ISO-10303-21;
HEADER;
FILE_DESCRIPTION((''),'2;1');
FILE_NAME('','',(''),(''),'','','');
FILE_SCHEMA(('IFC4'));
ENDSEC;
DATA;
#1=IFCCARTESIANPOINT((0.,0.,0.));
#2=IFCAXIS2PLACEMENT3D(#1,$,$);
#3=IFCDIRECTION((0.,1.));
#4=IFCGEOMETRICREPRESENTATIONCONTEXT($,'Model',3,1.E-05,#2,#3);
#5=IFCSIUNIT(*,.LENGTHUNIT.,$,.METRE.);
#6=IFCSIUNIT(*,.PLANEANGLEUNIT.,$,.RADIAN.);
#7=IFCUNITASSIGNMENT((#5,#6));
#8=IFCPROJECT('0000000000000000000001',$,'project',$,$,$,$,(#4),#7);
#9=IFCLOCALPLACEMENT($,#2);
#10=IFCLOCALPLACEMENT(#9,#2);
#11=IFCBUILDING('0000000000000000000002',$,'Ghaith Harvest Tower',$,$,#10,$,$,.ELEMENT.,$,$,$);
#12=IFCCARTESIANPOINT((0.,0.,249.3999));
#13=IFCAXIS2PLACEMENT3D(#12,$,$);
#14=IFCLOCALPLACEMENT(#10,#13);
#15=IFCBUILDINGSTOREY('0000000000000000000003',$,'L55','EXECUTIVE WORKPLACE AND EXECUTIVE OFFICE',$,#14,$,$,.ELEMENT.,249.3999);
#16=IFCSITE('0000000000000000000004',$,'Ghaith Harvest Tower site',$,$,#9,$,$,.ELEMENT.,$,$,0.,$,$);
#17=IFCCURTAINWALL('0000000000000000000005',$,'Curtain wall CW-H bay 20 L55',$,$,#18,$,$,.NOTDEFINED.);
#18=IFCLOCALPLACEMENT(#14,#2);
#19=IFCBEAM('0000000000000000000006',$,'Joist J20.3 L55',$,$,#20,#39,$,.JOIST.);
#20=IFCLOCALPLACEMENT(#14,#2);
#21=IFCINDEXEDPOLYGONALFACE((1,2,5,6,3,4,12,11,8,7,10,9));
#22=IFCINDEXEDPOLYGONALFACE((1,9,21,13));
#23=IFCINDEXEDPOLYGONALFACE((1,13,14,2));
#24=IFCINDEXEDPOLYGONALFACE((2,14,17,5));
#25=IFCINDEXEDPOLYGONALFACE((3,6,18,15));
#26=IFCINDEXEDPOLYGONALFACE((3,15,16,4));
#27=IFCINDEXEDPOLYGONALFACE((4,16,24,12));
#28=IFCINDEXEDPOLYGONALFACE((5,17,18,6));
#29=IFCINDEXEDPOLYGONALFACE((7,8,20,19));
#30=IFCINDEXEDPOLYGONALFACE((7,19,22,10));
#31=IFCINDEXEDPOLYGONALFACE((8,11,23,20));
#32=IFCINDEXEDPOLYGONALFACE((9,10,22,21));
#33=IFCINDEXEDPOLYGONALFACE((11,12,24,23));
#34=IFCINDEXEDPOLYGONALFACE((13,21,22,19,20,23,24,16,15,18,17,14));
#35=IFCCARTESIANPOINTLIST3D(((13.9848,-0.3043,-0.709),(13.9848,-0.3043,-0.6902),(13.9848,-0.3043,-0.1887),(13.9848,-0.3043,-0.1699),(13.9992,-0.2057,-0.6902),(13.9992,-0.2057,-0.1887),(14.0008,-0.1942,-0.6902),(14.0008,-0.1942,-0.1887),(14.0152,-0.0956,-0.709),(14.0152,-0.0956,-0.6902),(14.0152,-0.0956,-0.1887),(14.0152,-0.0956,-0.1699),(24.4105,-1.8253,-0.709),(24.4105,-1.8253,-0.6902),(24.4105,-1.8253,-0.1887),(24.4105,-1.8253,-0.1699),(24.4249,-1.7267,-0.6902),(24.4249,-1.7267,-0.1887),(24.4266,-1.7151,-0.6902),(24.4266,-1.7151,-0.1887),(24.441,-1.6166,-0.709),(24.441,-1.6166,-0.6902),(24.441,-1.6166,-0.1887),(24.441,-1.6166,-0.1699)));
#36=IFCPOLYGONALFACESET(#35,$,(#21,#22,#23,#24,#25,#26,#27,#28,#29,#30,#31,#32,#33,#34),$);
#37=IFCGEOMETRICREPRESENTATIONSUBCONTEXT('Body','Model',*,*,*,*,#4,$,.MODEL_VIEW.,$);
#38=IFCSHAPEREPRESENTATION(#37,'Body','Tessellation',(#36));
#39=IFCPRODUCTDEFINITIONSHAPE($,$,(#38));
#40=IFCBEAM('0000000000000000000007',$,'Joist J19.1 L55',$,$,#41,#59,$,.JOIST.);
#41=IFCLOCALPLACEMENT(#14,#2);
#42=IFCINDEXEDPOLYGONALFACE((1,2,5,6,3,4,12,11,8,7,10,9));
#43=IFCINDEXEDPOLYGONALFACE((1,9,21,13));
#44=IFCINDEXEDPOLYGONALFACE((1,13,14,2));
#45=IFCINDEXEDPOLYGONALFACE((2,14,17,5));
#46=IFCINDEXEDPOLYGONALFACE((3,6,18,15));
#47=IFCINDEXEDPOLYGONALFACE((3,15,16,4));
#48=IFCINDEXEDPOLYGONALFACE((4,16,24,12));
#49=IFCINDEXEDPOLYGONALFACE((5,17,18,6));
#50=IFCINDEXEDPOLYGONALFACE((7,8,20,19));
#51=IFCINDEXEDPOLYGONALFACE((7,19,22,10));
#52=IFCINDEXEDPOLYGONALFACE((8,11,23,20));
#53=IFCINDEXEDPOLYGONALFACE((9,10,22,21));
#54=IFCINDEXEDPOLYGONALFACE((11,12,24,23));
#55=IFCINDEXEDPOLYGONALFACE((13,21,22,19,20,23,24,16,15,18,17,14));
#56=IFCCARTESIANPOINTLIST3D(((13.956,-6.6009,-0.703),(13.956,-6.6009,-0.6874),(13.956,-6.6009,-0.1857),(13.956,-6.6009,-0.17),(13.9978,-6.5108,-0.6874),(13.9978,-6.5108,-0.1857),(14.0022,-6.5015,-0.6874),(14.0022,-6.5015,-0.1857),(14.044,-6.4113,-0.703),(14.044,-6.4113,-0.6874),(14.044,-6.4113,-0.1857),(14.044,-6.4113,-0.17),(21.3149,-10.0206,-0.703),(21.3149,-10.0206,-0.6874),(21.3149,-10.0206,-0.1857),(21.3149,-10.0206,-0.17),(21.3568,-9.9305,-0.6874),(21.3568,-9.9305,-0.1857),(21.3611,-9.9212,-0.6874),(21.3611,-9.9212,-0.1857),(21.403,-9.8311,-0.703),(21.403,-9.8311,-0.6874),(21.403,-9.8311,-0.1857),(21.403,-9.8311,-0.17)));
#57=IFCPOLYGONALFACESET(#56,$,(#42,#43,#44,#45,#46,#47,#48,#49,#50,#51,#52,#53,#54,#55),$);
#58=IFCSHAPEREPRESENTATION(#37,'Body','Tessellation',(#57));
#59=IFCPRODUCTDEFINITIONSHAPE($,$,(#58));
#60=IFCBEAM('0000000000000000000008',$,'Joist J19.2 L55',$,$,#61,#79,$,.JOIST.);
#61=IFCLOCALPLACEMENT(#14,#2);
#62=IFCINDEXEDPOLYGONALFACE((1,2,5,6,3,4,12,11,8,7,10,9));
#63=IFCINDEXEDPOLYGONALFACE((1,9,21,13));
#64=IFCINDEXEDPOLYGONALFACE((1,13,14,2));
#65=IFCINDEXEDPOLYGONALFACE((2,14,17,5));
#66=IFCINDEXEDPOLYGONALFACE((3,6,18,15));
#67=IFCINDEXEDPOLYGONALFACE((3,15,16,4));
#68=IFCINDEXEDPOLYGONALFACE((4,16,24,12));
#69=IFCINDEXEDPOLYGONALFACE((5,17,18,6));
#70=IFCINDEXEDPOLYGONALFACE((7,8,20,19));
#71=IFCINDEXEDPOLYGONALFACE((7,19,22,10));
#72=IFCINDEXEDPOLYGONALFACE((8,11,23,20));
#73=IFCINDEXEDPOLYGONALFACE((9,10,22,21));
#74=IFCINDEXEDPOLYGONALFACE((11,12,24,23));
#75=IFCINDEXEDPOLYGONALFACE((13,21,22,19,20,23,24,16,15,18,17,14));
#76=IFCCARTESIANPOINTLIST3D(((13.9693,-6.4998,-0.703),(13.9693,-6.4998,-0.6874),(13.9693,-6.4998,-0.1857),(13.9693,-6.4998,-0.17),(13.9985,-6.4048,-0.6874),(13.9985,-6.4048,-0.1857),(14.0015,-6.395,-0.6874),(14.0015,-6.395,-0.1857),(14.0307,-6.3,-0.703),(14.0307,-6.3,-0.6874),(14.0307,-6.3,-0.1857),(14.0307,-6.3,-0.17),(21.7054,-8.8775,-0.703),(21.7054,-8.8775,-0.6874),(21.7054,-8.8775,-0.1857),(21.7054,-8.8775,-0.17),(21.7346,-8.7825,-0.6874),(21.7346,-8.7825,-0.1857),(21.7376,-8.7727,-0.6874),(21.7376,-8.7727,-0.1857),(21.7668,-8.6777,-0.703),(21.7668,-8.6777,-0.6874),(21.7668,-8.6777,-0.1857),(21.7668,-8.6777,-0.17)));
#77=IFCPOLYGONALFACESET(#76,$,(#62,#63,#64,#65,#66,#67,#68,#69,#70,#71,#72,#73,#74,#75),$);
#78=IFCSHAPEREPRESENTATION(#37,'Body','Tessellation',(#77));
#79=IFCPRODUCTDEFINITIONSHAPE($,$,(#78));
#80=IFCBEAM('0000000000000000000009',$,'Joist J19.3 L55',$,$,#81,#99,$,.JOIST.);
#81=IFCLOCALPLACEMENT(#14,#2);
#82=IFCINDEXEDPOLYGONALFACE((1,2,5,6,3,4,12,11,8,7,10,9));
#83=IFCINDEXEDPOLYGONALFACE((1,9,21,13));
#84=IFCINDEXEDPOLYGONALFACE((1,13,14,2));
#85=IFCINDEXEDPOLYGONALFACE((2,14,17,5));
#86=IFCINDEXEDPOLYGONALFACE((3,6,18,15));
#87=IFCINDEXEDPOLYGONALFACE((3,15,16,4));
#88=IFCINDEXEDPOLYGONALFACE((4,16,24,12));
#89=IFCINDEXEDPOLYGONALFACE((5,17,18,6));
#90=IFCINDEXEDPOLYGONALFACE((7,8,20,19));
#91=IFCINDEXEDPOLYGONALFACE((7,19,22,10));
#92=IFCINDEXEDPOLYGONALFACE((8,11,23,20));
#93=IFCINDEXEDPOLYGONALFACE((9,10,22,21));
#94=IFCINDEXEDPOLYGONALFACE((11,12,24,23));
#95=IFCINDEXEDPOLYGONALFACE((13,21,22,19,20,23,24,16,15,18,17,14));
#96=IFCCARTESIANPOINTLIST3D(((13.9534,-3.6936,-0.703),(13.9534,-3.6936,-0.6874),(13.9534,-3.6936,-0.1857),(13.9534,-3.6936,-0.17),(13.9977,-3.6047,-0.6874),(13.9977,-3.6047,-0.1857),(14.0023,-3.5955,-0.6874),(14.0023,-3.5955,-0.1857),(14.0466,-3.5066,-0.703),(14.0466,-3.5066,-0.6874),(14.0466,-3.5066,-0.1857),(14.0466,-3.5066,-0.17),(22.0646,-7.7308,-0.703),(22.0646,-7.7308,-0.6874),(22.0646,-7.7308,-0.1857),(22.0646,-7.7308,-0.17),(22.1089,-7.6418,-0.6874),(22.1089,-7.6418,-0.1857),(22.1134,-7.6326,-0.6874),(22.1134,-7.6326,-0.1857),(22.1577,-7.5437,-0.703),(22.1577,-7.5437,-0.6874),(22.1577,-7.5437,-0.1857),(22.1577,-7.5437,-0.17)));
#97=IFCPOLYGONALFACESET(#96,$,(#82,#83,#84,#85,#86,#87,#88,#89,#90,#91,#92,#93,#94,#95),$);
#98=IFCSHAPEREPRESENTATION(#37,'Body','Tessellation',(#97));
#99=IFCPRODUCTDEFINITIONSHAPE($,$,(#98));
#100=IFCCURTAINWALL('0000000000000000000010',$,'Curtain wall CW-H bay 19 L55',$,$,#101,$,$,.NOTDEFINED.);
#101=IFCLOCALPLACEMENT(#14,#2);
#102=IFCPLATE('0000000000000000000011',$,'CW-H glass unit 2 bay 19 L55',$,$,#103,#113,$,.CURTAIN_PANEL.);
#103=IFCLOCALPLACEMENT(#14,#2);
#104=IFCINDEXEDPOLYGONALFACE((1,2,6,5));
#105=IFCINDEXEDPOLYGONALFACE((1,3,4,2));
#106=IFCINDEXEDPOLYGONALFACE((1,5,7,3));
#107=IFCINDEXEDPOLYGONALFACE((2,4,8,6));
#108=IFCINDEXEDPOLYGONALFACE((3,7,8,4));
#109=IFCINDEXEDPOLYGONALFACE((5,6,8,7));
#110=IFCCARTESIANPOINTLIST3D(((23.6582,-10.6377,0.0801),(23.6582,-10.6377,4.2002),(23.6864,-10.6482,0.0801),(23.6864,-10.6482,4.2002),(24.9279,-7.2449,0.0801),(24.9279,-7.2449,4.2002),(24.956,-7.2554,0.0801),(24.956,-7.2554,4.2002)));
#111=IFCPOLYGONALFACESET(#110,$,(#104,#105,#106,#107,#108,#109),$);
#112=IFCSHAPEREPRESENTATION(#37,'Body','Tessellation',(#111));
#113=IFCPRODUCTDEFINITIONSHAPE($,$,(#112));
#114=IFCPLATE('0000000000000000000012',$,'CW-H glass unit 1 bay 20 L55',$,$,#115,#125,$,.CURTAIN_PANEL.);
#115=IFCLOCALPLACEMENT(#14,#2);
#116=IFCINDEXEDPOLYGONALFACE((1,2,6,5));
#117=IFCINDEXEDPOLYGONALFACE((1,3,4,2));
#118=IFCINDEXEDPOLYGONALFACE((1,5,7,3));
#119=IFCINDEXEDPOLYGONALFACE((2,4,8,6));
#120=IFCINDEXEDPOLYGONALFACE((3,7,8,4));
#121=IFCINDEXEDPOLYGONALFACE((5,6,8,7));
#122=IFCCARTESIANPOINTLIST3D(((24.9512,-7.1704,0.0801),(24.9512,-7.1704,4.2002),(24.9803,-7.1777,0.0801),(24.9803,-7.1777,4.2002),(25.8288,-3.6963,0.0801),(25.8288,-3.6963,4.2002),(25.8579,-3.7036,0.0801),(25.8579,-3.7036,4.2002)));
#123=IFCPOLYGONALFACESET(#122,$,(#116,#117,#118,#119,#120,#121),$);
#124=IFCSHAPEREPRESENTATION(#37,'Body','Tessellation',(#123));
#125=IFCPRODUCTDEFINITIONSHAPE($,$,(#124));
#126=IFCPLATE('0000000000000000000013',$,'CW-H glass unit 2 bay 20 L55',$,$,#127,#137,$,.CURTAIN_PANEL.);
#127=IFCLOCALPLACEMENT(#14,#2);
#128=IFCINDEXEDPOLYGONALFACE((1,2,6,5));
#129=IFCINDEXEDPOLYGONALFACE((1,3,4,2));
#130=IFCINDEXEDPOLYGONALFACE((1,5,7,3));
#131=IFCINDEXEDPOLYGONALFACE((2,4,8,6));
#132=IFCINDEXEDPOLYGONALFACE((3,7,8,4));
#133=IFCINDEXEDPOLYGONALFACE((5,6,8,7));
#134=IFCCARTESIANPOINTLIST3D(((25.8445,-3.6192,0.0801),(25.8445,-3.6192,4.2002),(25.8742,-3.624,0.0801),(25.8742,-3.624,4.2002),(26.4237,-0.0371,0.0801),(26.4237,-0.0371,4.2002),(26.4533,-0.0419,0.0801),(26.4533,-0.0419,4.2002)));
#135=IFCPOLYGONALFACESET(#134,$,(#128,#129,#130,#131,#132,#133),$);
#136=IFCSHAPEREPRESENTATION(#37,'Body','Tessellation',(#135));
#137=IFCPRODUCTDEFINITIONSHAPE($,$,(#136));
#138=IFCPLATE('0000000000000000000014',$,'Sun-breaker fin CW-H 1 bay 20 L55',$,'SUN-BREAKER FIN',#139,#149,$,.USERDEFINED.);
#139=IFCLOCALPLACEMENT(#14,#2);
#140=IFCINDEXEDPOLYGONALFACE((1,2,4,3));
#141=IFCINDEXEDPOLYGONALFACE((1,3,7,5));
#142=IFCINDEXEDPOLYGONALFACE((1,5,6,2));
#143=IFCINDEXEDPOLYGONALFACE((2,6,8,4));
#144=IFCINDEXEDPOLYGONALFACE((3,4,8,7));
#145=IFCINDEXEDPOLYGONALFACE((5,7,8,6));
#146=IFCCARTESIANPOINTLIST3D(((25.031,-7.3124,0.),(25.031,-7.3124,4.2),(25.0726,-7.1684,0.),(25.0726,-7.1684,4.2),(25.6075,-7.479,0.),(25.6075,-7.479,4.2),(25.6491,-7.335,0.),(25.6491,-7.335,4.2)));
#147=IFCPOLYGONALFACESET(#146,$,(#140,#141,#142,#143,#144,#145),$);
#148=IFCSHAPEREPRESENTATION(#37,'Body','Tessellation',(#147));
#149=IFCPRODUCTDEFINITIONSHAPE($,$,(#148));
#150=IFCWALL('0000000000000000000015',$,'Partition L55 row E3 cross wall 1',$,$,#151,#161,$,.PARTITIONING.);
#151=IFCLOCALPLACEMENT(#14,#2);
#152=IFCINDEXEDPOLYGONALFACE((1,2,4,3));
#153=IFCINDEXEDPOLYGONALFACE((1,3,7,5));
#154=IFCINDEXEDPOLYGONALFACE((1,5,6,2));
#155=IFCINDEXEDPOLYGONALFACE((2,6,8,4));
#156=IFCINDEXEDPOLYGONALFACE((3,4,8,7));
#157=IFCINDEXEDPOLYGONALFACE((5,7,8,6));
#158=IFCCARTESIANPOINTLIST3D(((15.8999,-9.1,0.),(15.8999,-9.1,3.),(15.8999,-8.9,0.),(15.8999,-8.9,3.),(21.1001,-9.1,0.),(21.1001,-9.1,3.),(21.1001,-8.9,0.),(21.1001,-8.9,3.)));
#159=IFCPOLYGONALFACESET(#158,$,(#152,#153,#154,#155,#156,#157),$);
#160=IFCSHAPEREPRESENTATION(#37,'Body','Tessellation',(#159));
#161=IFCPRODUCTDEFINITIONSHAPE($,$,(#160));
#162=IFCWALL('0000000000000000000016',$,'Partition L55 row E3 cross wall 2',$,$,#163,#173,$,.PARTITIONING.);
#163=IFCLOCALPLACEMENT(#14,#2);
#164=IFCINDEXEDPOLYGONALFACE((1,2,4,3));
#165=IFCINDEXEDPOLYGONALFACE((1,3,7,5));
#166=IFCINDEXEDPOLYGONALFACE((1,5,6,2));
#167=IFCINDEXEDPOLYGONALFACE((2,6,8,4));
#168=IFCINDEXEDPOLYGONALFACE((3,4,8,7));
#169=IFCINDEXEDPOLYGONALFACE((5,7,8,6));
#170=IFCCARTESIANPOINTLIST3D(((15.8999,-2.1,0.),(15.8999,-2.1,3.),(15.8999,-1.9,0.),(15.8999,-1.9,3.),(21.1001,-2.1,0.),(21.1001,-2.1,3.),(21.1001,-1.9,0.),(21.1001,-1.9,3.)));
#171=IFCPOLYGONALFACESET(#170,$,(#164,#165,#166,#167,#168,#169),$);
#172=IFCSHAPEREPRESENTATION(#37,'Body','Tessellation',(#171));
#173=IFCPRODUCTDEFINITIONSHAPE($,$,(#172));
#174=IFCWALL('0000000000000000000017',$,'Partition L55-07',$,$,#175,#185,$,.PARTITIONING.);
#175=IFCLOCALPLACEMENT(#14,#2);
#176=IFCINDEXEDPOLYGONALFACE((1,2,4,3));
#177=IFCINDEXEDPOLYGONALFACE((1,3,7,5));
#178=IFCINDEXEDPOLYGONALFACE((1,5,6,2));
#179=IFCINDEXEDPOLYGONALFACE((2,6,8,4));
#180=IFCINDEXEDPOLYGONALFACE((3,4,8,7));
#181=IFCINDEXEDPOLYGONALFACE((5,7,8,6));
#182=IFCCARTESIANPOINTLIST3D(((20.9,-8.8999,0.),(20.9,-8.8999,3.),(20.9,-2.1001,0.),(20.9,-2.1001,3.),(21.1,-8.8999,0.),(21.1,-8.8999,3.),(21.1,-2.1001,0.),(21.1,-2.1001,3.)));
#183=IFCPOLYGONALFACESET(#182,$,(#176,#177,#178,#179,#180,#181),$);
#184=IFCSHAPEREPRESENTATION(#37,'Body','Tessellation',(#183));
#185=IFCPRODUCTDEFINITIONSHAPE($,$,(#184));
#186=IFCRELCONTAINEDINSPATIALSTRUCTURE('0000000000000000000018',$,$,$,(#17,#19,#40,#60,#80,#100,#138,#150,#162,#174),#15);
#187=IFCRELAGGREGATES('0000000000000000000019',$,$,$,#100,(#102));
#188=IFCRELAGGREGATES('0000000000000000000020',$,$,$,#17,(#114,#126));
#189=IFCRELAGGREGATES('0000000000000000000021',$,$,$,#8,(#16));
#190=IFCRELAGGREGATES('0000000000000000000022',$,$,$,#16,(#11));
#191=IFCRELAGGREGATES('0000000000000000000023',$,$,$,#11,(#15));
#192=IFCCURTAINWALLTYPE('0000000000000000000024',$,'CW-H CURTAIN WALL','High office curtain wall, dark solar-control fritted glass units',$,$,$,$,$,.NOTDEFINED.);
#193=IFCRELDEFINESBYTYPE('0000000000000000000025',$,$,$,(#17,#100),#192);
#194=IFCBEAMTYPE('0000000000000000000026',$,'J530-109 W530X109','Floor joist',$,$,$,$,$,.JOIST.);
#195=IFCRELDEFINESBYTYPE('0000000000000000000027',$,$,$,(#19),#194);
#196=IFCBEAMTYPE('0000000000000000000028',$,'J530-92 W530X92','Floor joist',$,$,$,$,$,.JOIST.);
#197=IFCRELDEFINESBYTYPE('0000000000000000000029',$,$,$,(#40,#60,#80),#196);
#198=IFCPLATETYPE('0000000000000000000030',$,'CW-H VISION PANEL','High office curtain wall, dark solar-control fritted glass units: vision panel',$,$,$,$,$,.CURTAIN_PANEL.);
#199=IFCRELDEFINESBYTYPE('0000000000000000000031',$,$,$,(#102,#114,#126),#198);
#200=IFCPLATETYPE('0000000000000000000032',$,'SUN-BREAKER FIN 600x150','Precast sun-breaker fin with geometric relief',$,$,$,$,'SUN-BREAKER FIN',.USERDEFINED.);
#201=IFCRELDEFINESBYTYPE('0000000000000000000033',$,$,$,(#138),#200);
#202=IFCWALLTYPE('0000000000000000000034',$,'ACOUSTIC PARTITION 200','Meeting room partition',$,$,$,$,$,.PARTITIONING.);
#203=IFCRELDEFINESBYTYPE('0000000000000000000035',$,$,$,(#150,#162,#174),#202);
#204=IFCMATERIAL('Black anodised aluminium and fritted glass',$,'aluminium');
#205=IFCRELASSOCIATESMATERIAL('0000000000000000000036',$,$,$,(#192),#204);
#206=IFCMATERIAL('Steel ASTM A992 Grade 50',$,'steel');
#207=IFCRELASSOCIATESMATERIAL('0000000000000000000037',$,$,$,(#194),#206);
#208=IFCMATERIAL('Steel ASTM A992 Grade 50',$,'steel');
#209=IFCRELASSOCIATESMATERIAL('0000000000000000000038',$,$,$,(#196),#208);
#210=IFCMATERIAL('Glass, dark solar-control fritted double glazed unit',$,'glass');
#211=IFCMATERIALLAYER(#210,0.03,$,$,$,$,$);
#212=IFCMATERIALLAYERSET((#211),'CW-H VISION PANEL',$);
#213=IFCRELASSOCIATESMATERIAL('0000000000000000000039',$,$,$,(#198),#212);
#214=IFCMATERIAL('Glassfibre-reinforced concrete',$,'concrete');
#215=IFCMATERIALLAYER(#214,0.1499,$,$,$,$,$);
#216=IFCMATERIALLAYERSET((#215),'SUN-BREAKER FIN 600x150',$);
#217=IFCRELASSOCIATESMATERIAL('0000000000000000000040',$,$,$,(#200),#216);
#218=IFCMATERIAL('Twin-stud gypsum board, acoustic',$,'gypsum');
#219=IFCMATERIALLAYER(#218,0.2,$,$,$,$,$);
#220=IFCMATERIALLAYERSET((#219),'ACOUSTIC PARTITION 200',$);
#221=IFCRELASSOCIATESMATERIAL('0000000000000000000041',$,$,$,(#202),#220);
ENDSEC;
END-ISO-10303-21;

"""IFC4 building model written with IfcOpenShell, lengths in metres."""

from ifc_helpers import new_model, si_unit, direction, frame, frame_2d, origin, origin_2d, place, context, subcontext, project, spatial, rectangle, i_section, extrude, material, layer, layer_set, material_profile, profile_set, type_object, element, aggregate, save


model = new_model("IFC4")

# Units and contexts
model_context = context("Model", 3, precision=1e-05, world=origin(), true_north=direction((0.0, 1.0)))
body_context = subcontext(model_context, "Body", "Model", "MODEL_VIEW")
ifc_project = project(units=[si_unit("LENGTHUNIT", "METRE"), si_unit("PLANEANGLEUNIT", "RADIAN")], contexts=[model_context])

# Site, building, storey
site_placement = place(None, origin())
site = spatial("IfcSite", under=ifc_project, at=site_placement, Name="Ghaith Harvest Tower site", CompositionType="ELEMENT", RefElevation=0.0)
building_placement = place(site_placement, origin())
building = spatial("IfcBuilding", under=site, at=building_placement, Name="Ghaith Harvest Tower", CompositionType="ELEMENT")
storey_placement = place(building_placement, frame((0.0, 0.0, 249.3999)))
storey = spatial("IfcBuildingStorey", under=building, at=storey_placement, Name="L55", Description="EXECUTIVE WORKPLACE AND EXECUTIVE OFFICE", CompositionType="ELEMENT", Elevation=249.3999)

# Curtain wall
ifc_material_1 = material(Name="Black anodised aluminium and fritted glass", Category="aluminium")
curtain_wall_type = type_object("IfcCurtainWallType", Name="CW-H CURTAIN WALL", Description="High office curtain wall, dark solar-control fritted glass units", PredefinedType="NOTDEFINED", material=ifc_material_1)
curtain_wall_1_placement = place(storey_placement, origin())
curtain_wall_1 = element("IfcCurtainWall", 1, at=curtain_wall_1_placement, inside=storey, type_object=curtain_wall_type, Name="Curtain wall CW-H bay 20 L55", PredefinedType="NOTDEFINED")

# Beams
ifc_material_2 = material(Name="Steel ASTM A992 Grade 50", Category="steel")
ifc_material_profile_1 = material_profile(ifc_material_2, i_section(OverallWidth=0.2109, OverallDepth=0.5391, WebThickness=0.0117, FlangeThickness=0.0188, at=origin_2d()), Name="W530X109")
ifc_profile_set_1 = profile_set([ifc_material_profile_1], Name="Steel ASTM A992 Grade 50")
beam_type_1 = type_object("IfcBeamType", Name="J530-109 W530X109", Description="Floor joist", PredefinedType="JOIST", material=ifc_profile_set_1)
beam_1_placement = place(storey_placement, frame((14.0, -0.2, -0.4395), z_axis=(0.989525, -0.14436, 0.0), x_axis=(0.14436, 0.989525, 0.0)))
element("IfcBeam", 2, at=beam_1_placement, inside=storey, type_object=beam_type_1, Name="Joist J20.3 L55", PredefinedType="JOIST", context=body_context, shape_type="SweptSolid", body=[
    extrude(i_section(OverallWidth=0.2109, OverallDepth=0.5391, WebThickness=0.0117, FlangeThickness=0.0188, at=origin_2d()), origin(), (0.0, 0.0, 1.0), 10.5361),
])
ifc_material_3 = material(Name="Steel ASTM A992 Grade 50", Category="steel")
ifc_material_profile_2 = material_profile(ifc_material_3, i_section(OverallWidth=0.209, OverallDepth=0.533, WebThickness=0.0103, FlangeThickness=0.0156, at=origin_2d()), Name="W530X92")
ifc_profile_set_2 = profile_set([ifc_material_profile_2], Name="Steel ASTM A992 Grade 50")
beam_type_2 = type_object("IfcBeamType", Name="J530-92 W530X92", Description="Floor joist", PredefinedType="JOIST", material=ifc_profile_set_2)
beam_2_placement = place(storey_placement, frame((14.0, -6.5061, -0.4365), z_axis=(0.906865, -0.421421, 0.0), x_axis=(0.421421, 0.906865, 0.0)))
element("IfcBeam", 3, at=beam_2_placement, inside=storey, type_object=beam_type_2, Name="Joist J19.1 L55", PredefinedType="JOIST", context=body_context, shape_type="SweptSolid", body=[
    extrude(i_section(OverallWidth=0.209, OverallDepth=0.533, WebThickness=0.0103, FlangeThickness=0.0156, at=origin_2d()), origin(), (0.0, 0.0, 1.0), 8.1147),
])
beam_3_placement = place(storey_placement, frame((14.0, -6.3999, -0.4365), z_axis=(0.955871, -0.293787, 0.0), x_axis=(0.293787, 0.955871, 0.0)))
element("IfcBeam", 4, at=beam_3_placement, inside=storey, type_object=beam_type_2, Name="Joist J19.2 L55", PredefinedType="JOIST", context=body_context, shape_type="SweptSolid", body=[
    extrude(i_section(OverallWidth=0.209, OverallDepth=0.533, WebThickness=0.0103, FlangeThickness=0.0156, at=origin_2d()), origin(), (0.0, 0.0, 1.0), 8.0933),
])
beam_4_placement = place(storey_placement, frame((14.0, -3.6001, -0.4365), z_axis=(0.895239, -0.445585, 0.0), x_axis=(0.445585, 0.895239, 0.0)))
element("IfcBeam", 5, at=beam_4_placement, inside=storey, type_object=beam_type_2, Name="Joist J19.3 L55", PredefinedType="JOIST", context=body_context, shape_type="SweptSolid", body=[
    extrude(i_section(OverallWidth=0.209, OverallDepth=0.533, WebThickness=0.0103, FlangeThickness=0.0156, at=origin_2d()), origin(), (0.0, 0.0, 1.0), 9.0603),
])

# Curtain wall, plate
curtain_wall_2_placement = place(storey_placement, origin())
curtain_wall_2 = element("IfcCurtainWall", 6, at=curtain_wall_2_placement, inside=storey, type_object=curtain_wall_type, Name="Curtain wall CW-H bay 19 L55", PredefinedType="NOTDEFINED")
ifc_material_4 = material(Name="Glass, dark solar-control fritted double glazed unit", Category="glass")
ifc_layer_1 = layer(ifc_material_4, 0.03)
ifc_layer_set_1 = layer_set([ifc_layer_1], Name="CW-H VISION PANEL")
plate_type_1 = type_object("IfcPlateType", Name="CW-H VISION PANEL", Description="High office curtain wall, dark solar-control fritted glass units: vision panel", PredefinedType="CURTAIN_PANEL", material=ifc_layer_set_1)
plate_1_placement = place(storey_placement, frame((24.3071, -8.9465, 0.0801), z_axis=(0.0, 0.0, 1.0), x_axis=(0.350481, 0.93657, 0.0)))
plate_1 = element("IfcPlate", 7, at=plate_1_placement, type_object=plate_type_1, Name="CW-H glass unit 2 bay 19 L55", PredefinedType="CURTAIN_PANEL", context=body_context, shape_type="SweptSolid", body=[
    extrude(rectangle(XDim=3.6226, YDim=0.03, at=origin_2d()), origin(), (0.0, 0.0, 1.0), 4.1201),
])
aggregate(curtain_wall_2, [plate_1])

# Plates
plate_2_placement = place(storey_placement, frame((25.4045, -5.437, 0.0801), z_axis=(0.0, 0.0, 1.0), x_axis=(0.244926, 0.969542, 0.0)))
plate_2 = element("IfcPlate", 8, at=plate_2_placement, type_object=plate_type_1, Name="CW-H glass unit 1 bay 20 L55", PredefinedType="CURTAIN_PANEL", context=body_context, shape_type="SweptSolid", body=[
    extrude(rectangle(XDim=3.5833, YDim=0.03, at=origin_2d()), origin(), (0.0, 0.0, 1.0), 4.1201),
])
plate_3_placement = place(storey_placement, frame((26.1489, -1.8306, 0.0801), z_axis=(0.0, 0.0, 1.0), x_axis=(0.159601, 0.987182, 0.0)))
plate_3 = element("IfcPlate", 9, at=plate_3_placement, type_object=plate_type_1, Name="CW-H glass unit 2 bay 20 L55", PredefinedType="CURTAIN_PANEL", context=body_context, shape_type="SweptSolid", body=[
    extrude(rectangle(XDim=3.6287, YDim=0.03, at=origin_2d()), origin(), (0.0, 0.0, 1.0), 4.1201),
])
aggregate(curtain_wall_1, [plate_2, plate_3])
ifc_material_5 = material(Name="Glassfibre-reinforced concrete", Category="concrete")
ifc_layer_2 = layer(ifc_material_5, 0.1499)
ifc_layer_set_2 = layer_set([ifc_layer_2], Name="SUN-BREAKER FIN 600x150")
plate_type_2 = type_object("IfcPlateType", Name="SUN-BREAKER FIN 600x150", Description="Precast sun-breaker fin with geometric relief", ElementType="SUN-BREAKER FIN", PredefinedType="USERDEFINED", material=ifc_layer_set_2)
plate_4_placement = place(storey_placement, frame((25.3401, -7.3237, 0.0), z_axis=(0.0, 0.0, 1.0), x_axis=(0.96068, -0.277657, 0.0)))
element("IfcPlate", 10, at=plate_4_placement, inside=storey, type_object=plate_type_2, Name="Sun-breaker fin CW-H 1 bay 20 L55", ObjectType="SUN-BREAKER FIN", PredefinedType="USERDEFINED", context=body_context, shape_type="SweptSolid", body=[
    extrude(rectangle(XDim=0.6001, YDim=0.1499, at=origin_2d()), origin(), (0.0, 0.0, 1.0), 4.2),
])

# Walls
ifc_material_6 = material(Name="Twin-stud gypsum board, acoustic", Category="gypsum")
ifc_layer_3 = layer(ifc_material_6, 0.2)
ifc_layer_set_3 = layer_set([ifc_layer_3], Name="ACOUSTIC PARTITION 200")
wall_type_1 = type_object("IfcWallType", Name="ACOUSTIC PARTITION 200", Description="Meeting room partition", PredefinedType="PARTITIONING", material=ifc_layer_set_3)
for number, where, z_axis, x_axis, name in (
    (11, (15.8999, -9.0, 0.0), (0.0, 0.0, 1.0), (1.0, 0.0, 0.0), "Partition L55 row E3 cross wall 1"),
    (12, (15.8999, -2.0, 0.0), (0.0, 0.0, 1.0), (1.0, 0.0, 0.0), "Partition L55 row E3 cross wall 2"),
):
    element("IfcWall", number, at=place(storey_placement, frame(where, z_axis=z_axis, x_axis=x_axis)), inside=storey, type_object=wall_type_1, Name=name, PredefinedType="PARTITIONING", context=body_context, shape_type="SweptSolid", body=[
        extrude(rectangle(XDim=5.2002, YDim=0.2, at=frame_2d((2.6001, 0.0))), origin(), (0.0, 0.0, 1.0), 3.0),
    ])

# Wall
wall_1_placement = place(storey_placement, frame((21.0, -8.8999, 0.0), z_axis=(0.0, 0.0, 1.0), x_axis=(0.0, 1.0, 0.0)))
element("IfcWall", 13, at=wall_1_placement, inside=storey, type_object=wall_type_1, Name="Partition L55-07", PredefinedType="PARTITIONING", context=body_context, shape_type="SweptSolid", body=[
    extrude(rectangle(XDim=6.7998, YDim=0.2, at=frame_2d((3.3999, 0.0))), origin(), (0.0, 0.0, 1.0), 3.0),
])

save(model, "model.ifc")
